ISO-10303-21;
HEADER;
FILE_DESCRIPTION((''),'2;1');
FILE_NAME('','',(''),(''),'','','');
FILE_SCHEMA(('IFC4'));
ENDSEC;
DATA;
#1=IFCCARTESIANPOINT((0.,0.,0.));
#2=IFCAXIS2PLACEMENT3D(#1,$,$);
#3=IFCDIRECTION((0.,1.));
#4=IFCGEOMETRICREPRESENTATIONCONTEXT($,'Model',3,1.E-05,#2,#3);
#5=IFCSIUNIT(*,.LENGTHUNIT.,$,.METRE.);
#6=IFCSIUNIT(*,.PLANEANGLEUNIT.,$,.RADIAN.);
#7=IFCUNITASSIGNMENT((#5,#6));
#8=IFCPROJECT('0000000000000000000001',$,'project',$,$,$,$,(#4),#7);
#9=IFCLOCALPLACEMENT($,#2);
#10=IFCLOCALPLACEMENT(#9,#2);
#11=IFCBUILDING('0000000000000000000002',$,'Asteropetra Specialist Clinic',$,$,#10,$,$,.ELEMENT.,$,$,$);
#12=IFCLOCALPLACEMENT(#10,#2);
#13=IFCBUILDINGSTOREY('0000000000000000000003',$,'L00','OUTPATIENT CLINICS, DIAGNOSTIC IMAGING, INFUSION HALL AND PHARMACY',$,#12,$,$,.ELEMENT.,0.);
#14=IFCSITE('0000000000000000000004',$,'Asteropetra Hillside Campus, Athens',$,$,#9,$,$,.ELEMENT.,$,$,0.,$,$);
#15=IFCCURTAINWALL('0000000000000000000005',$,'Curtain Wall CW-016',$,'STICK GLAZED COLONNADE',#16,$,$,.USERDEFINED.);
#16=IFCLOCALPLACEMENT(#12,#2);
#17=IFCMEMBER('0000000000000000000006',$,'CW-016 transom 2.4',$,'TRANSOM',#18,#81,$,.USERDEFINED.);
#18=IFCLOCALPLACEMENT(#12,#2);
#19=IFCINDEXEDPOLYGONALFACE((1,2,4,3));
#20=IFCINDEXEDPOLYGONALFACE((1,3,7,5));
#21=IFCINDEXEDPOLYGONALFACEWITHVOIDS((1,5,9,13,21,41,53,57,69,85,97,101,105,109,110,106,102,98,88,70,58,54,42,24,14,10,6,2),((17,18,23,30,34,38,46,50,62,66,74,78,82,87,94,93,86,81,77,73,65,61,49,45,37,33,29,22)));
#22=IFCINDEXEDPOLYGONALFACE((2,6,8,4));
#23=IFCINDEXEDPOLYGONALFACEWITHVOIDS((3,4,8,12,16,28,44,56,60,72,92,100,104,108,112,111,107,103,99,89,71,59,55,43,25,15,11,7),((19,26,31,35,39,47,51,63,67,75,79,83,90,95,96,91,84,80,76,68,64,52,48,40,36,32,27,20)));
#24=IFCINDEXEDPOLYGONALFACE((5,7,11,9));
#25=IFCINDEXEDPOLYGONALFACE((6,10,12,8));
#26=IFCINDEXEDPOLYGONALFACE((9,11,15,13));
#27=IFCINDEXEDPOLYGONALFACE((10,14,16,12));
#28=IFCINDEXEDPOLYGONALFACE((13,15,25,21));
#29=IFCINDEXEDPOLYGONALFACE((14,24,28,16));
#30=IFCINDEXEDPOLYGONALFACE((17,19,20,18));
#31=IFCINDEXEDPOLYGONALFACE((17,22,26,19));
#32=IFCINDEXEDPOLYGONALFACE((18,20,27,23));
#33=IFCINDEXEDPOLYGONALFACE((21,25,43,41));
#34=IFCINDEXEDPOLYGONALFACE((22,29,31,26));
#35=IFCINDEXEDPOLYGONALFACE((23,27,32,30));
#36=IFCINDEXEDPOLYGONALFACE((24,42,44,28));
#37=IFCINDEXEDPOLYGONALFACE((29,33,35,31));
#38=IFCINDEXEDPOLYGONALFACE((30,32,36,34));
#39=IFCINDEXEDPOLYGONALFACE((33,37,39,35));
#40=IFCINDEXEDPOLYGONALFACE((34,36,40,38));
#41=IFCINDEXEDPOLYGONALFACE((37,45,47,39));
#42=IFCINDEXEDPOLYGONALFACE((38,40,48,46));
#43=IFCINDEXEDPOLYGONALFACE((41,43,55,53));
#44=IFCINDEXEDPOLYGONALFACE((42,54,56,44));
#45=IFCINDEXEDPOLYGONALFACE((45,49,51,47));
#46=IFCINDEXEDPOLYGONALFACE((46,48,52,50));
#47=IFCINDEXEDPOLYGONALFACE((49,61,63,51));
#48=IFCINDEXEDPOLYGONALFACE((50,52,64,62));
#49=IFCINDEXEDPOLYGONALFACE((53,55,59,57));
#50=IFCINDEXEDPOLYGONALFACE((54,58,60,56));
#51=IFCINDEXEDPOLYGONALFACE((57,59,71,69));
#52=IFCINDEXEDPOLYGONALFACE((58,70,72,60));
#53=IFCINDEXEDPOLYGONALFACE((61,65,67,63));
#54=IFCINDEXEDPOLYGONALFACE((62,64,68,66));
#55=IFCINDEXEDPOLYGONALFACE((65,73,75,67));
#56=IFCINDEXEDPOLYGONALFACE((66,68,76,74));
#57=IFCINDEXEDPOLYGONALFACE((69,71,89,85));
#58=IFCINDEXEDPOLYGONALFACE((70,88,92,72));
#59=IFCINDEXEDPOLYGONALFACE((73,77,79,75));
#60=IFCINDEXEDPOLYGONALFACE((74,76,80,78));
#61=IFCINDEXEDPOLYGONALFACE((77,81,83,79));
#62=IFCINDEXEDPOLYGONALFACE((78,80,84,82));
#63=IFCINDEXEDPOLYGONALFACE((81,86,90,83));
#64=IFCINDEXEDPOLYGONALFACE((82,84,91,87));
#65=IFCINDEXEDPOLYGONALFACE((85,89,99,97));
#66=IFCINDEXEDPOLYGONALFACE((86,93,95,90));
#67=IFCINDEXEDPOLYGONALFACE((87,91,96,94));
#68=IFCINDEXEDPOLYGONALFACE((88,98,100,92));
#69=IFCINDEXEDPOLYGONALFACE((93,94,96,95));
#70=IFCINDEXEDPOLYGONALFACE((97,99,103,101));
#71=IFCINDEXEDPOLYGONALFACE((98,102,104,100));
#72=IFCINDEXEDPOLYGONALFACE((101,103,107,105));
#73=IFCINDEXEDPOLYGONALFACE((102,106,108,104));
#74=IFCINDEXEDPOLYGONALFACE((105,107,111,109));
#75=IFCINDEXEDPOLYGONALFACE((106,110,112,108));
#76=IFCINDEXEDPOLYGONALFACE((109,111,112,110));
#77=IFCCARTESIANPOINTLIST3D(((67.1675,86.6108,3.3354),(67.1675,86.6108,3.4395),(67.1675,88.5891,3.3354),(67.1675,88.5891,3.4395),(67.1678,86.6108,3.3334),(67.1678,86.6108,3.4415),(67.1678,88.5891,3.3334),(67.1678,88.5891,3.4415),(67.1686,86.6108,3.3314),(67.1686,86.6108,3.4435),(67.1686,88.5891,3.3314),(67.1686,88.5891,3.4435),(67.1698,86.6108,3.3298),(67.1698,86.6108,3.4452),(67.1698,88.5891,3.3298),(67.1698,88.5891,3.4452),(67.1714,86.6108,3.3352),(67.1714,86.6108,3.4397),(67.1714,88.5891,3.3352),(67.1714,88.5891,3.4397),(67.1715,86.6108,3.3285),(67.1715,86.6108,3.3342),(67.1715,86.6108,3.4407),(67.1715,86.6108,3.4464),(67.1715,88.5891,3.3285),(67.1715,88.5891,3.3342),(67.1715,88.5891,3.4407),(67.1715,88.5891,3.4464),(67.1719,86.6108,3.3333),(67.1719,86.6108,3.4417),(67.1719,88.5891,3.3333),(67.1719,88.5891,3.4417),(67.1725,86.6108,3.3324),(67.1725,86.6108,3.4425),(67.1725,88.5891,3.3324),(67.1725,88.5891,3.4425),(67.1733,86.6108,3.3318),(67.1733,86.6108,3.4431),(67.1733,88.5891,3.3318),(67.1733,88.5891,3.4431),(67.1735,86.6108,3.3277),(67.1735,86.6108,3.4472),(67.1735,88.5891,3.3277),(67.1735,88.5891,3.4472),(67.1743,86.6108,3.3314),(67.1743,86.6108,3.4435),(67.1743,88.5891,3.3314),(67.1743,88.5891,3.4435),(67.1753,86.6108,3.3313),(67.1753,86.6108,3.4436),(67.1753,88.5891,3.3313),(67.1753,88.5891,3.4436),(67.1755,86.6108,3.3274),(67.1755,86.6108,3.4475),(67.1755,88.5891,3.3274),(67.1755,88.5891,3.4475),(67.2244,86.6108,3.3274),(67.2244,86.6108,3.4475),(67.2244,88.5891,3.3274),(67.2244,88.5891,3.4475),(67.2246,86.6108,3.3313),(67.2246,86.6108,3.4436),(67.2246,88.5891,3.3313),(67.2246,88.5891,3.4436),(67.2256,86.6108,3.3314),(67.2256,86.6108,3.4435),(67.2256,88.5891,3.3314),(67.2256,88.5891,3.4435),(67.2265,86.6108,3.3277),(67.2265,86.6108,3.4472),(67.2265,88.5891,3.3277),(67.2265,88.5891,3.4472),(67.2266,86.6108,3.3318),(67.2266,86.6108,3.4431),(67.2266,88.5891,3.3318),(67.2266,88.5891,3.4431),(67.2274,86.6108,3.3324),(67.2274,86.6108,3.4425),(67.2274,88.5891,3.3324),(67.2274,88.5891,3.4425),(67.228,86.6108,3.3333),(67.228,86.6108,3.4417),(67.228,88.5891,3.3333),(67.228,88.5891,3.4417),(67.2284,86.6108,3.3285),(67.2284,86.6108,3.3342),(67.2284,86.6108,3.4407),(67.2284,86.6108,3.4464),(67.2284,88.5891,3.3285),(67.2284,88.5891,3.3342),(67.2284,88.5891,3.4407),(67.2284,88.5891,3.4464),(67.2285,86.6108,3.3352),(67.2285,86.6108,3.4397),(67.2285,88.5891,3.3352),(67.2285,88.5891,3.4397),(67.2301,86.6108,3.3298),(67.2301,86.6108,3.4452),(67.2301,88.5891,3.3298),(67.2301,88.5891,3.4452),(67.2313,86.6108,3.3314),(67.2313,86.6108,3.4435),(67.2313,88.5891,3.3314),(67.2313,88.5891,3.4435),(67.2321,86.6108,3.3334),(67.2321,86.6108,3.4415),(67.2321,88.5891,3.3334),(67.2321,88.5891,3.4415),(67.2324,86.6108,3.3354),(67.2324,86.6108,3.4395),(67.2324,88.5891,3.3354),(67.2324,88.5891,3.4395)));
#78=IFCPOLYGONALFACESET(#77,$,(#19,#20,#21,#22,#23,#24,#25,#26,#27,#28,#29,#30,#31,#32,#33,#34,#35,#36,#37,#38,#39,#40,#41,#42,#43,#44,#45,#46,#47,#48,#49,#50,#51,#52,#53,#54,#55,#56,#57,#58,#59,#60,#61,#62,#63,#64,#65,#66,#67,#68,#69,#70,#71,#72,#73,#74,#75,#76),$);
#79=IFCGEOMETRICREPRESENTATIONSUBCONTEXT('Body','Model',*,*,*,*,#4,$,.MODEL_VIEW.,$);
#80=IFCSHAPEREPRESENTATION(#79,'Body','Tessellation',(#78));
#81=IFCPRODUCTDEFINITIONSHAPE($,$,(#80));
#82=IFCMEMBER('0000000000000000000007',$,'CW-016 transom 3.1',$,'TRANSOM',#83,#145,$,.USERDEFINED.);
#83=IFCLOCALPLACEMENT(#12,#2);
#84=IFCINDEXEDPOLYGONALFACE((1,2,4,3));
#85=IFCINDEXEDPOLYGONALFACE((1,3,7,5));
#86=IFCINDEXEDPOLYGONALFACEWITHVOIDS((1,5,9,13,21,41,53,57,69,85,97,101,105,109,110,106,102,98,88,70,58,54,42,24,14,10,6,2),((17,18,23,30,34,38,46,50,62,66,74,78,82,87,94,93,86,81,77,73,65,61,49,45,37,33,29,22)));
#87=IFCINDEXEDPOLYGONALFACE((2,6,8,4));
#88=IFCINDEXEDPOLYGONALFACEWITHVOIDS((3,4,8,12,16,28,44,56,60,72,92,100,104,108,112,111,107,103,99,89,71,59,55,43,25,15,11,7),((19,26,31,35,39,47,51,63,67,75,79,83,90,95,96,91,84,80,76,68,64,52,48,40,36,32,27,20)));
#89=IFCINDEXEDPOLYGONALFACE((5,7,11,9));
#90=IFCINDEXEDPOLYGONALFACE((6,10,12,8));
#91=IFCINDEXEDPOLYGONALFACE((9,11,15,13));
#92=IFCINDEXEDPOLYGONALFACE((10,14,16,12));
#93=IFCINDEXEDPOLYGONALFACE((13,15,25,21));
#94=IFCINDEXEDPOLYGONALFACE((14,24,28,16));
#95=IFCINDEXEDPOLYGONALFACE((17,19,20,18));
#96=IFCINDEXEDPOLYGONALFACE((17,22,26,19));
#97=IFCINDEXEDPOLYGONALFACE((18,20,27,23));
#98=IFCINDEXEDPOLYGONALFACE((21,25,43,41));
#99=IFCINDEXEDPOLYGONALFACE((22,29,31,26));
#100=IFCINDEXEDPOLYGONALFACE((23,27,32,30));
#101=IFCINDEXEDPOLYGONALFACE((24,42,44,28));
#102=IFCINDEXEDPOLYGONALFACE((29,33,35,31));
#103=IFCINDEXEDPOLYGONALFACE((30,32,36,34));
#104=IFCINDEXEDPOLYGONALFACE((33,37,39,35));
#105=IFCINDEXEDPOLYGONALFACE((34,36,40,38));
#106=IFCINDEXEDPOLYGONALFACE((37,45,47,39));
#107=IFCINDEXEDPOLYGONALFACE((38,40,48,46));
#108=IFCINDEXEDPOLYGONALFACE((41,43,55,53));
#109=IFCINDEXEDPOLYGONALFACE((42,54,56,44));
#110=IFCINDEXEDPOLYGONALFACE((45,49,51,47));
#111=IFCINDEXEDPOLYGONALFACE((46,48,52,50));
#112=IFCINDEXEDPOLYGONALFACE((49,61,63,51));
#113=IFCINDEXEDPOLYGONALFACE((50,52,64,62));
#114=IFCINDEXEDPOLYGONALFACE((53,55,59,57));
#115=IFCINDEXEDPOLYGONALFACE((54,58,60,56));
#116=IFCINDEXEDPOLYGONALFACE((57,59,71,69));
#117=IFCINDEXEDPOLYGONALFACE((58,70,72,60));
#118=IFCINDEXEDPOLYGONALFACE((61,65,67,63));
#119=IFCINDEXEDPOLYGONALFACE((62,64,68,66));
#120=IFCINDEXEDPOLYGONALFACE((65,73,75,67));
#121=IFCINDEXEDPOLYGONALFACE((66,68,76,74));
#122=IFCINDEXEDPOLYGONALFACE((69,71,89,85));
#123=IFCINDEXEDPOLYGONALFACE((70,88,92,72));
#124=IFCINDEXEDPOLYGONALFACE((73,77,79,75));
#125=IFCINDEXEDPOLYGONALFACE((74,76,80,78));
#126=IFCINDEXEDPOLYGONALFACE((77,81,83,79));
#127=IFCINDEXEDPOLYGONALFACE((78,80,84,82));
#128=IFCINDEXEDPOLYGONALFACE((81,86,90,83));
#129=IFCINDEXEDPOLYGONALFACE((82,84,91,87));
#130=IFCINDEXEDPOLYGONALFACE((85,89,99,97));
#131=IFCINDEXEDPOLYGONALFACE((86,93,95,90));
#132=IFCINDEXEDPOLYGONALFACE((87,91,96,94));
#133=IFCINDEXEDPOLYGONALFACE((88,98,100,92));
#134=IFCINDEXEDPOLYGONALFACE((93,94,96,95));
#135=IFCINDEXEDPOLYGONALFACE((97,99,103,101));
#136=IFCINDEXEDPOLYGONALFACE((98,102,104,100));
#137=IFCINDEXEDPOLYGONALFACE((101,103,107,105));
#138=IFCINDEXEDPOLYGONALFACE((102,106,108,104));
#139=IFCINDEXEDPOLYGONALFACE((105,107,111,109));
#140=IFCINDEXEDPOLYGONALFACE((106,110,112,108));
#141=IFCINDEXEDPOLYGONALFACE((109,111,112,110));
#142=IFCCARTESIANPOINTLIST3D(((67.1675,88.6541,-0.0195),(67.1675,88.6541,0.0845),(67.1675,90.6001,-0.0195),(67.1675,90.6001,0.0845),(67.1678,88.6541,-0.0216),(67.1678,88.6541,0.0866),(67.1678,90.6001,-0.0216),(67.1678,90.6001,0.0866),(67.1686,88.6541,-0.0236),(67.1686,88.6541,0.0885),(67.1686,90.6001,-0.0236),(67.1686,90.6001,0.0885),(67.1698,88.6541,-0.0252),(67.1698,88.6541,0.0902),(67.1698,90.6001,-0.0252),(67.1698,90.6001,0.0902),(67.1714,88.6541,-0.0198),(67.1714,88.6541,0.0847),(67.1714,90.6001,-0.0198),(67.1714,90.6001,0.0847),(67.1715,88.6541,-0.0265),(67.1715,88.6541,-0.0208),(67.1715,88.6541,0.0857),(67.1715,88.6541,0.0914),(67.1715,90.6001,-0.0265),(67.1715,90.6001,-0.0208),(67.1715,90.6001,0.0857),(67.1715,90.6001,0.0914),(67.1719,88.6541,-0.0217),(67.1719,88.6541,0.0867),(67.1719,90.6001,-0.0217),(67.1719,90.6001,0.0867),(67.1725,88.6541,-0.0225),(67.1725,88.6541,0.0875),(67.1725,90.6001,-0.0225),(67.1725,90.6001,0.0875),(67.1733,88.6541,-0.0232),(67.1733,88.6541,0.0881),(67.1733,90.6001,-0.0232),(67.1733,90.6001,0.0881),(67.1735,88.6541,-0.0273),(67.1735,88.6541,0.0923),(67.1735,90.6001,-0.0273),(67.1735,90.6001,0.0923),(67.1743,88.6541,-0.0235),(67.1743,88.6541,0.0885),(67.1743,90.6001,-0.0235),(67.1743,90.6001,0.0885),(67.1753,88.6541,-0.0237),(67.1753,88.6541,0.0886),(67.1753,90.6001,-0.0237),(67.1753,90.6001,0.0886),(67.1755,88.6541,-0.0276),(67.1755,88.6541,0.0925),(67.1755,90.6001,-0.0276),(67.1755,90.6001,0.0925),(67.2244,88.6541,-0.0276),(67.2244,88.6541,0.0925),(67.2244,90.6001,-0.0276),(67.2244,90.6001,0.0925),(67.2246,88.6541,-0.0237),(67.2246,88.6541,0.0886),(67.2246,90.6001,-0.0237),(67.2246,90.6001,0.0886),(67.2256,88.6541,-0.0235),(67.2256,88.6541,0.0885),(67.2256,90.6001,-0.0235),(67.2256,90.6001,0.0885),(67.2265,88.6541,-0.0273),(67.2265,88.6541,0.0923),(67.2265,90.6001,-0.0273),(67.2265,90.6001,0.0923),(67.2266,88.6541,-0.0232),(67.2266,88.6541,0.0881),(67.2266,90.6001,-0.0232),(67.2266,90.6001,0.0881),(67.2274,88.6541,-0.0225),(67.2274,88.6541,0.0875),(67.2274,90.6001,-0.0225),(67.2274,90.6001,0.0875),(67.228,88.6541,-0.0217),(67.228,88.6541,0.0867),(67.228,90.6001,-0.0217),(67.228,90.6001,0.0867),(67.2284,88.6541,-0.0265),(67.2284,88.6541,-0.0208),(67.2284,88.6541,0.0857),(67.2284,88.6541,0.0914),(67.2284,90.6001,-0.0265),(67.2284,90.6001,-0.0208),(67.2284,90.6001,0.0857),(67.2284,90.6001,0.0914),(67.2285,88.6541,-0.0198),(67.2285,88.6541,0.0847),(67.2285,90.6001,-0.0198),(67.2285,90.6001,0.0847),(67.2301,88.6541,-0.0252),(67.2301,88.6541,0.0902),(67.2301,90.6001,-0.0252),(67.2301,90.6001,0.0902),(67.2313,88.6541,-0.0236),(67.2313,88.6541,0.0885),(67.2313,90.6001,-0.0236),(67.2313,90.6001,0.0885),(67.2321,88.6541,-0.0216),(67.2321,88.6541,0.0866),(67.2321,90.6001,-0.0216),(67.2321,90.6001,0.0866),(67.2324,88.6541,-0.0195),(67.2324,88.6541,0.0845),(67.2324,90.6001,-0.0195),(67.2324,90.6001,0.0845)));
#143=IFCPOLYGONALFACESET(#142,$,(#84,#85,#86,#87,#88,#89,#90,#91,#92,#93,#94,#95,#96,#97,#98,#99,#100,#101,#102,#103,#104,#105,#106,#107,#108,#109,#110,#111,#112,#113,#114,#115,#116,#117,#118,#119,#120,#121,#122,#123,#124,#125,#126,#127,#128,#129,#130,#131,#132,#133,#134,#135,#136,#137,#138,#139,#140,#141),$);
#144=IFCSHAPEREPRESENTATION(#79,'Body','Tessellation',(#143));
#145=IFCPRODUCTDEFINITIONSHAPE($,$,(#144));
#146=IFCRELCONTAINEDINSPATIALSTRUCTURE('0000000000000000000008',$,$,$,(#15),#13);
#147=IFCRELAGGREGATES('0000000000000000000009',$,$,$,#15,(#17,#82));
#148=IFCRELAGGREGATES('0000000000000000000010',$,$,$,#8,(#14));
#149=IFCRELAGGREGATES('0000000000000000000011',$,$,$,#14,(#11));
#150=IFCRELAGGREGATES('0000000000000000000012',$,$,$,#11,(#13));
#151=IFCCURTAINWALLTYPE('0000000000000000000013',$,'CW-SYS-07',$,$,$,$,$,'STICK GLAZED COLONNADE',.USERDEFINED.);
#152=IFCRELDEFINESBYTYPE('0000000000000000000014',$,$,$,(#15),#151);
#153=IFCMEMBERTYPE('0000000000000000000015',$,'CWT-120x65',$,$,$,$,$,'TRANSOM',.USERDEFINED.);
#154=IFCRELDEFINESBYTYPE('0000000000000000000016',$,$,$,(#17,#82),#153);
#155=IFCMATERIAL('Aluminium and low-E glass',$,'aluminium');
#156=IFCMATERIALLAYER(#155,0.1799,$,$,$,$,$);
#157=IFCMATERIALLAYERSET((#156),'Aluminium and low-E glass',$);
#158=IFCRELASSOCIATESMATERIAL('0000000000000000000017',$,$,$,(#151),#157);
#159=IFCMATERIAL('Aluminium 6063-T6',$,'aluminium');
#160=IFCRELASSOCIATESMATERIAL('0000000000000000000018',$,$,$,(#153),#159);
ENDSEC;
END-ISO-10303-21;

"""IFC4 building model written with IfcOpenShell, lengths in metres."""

from ifc_helpers import new_model, si_unit, direction, frame, origin, origin_2d, place, context, subcontext, project, spatial, hollow_rectangle, extrude, material, layer, layer_set, material_profile, profile_set, type_object, element, aggregate, save


model = new_model("IFC4")

# Units and contexts
model_context = context("Model", 3, precision=1e-05, world=origin(), true_north=direction((0.0, 1.0)))
body_context = subcontext(model_context, "Body", "Model", "MODEL_VIEW")
ifc_project = project(units=[si_unit("LENGTHUNIT", "METRE"), si_unit("PLANEANGLEUNIT", "RADIAN")], contexts=[model_context])

# Site, building, storey
site_placement = place(None, origin())
site = spatial("IfcSite", under=ifc_project, at=site_placement, Name="Asteropetra Hillside Campus, Athens", CompositionType="ELEMENT", RefElevation=0.0)
building_placement = place(site_placement, origin())
building = spatial("IfcBuilding", under=site, at=building_placement, Name="Asteropetra Specialist Clinic", CompositionType="ELEMENT")
storey_placement = place(building_placement, origin())
storey = spatial("IfcBuildingStorey", under=building, at=storey_placement, Name="L00", Description="OUTPATIENT CLINICS, DIAGNOSTIC IMAGING, INFUSION HALL AND PHARMACY", CompositionType="ELEMENT", Elevation=0.0)

# Curtain wall
ifc_material_1 = material(Name="Aluminium and low-E glass", Category="aluminium")
ifc_layer_1 = layer(ifc_material_1, 0.1799)
ifc_layer_set_1 = layer_set([ifc_layer_1], Name="Aluminium and low-E glass")
curtain_wall_type_1 = type_object("IfcCurtainWallType", Name="CW-SYS-07", ElementType="STICK GLAZED COLONNADE", PredefinedType="USERDEFINED", material=ifc_layer_set_1)
curtain_wall_1_placement = place(storey_placement, origin())
curtain_wall_1 = element("IfcCurtainWall", 1, at=curtain_wall_1_placement, inside=storey, type_object=curtain_wall_type_1, Name="Curtain Wall CW-016", ObjectType="STICK GLAZED COLONNADE", PredefinedType="USERDEFINED")

# Members
ifc_material_2 = material(Name="Aluminium 6063-T6", Category="aluminium")
ifc_material_profile_1 = material_profile(ifc_material_2, hollow_rectangle(XDim=0.0649, YDim=0.1201, WallThickness=0.0039, InnerFilletRadius=0.0039, OuterFilletRadius=0.0081, at=origin_2d()), Name="TRN 120x65x4.0")
ifc_profile_set_1 = profile_set([ifc_material_profile_1], Name="Aluminium 6063-T6")
member_type_1 = type_object("IfcMemberType", Name="CWT-120x65", ElementType="TRANSOM", PredefinedType="USERDEFINED", material=ifc_profile_set_1)
member_1_placement = place(storey_placement, frame((67.2, 86.6108, 3.3875), z_axis=(0.0, 1.0, 0.0), x_axis=(-1.0, 0.0, 0.0)))
member_1 = element("IfcMember", 2, at=member_1_placement, type_object=member_type_1, Name="CW-016 transom 2.4", ObjectType="TRANSOM", PredefinedType="USERDEFINED", context=body_context, shape_type="SweptSolid", body=[
    extrude(hollow_rectangle(XDim=0.0649, YDim=0.1201, WallThickness=0.0039, InnerFilletRadius=0.0039, OuterFilletRadius=0.0081, at=origin_2d()), origin(), (0.0, 0.0, 1.0), 1.9783),
])
member_2_placement = place(storey_placement, frame((67.2, 88.6541, 0.0325), z_axis=(0.0, 1.0, 0.0), x_axis=(-1.0, 0.0, 0.0)))
member_2 = element("IfcMember", 3, at=member_2_placement, type_object=member_type_1, Name="CW-016 transom 3.1", ObjectType="TRANSOM", PredefinedType="USERDEFINED", context=body_context, shape_type="SweptSolid", body=[
    extrude(hollow_rectangle(XDim=0.0649, YDim=0.1201, WallThickness=0.0039, InnerFilletRadius=0.0039, OuterFilletRadius=0.0081, at=origin_2d()), origin(), (0.0, 0.0, 1.0), 1.946),
])

aggregate(curtain_wall_1, [member_1, member_2])

save(model, "model.ifc")
